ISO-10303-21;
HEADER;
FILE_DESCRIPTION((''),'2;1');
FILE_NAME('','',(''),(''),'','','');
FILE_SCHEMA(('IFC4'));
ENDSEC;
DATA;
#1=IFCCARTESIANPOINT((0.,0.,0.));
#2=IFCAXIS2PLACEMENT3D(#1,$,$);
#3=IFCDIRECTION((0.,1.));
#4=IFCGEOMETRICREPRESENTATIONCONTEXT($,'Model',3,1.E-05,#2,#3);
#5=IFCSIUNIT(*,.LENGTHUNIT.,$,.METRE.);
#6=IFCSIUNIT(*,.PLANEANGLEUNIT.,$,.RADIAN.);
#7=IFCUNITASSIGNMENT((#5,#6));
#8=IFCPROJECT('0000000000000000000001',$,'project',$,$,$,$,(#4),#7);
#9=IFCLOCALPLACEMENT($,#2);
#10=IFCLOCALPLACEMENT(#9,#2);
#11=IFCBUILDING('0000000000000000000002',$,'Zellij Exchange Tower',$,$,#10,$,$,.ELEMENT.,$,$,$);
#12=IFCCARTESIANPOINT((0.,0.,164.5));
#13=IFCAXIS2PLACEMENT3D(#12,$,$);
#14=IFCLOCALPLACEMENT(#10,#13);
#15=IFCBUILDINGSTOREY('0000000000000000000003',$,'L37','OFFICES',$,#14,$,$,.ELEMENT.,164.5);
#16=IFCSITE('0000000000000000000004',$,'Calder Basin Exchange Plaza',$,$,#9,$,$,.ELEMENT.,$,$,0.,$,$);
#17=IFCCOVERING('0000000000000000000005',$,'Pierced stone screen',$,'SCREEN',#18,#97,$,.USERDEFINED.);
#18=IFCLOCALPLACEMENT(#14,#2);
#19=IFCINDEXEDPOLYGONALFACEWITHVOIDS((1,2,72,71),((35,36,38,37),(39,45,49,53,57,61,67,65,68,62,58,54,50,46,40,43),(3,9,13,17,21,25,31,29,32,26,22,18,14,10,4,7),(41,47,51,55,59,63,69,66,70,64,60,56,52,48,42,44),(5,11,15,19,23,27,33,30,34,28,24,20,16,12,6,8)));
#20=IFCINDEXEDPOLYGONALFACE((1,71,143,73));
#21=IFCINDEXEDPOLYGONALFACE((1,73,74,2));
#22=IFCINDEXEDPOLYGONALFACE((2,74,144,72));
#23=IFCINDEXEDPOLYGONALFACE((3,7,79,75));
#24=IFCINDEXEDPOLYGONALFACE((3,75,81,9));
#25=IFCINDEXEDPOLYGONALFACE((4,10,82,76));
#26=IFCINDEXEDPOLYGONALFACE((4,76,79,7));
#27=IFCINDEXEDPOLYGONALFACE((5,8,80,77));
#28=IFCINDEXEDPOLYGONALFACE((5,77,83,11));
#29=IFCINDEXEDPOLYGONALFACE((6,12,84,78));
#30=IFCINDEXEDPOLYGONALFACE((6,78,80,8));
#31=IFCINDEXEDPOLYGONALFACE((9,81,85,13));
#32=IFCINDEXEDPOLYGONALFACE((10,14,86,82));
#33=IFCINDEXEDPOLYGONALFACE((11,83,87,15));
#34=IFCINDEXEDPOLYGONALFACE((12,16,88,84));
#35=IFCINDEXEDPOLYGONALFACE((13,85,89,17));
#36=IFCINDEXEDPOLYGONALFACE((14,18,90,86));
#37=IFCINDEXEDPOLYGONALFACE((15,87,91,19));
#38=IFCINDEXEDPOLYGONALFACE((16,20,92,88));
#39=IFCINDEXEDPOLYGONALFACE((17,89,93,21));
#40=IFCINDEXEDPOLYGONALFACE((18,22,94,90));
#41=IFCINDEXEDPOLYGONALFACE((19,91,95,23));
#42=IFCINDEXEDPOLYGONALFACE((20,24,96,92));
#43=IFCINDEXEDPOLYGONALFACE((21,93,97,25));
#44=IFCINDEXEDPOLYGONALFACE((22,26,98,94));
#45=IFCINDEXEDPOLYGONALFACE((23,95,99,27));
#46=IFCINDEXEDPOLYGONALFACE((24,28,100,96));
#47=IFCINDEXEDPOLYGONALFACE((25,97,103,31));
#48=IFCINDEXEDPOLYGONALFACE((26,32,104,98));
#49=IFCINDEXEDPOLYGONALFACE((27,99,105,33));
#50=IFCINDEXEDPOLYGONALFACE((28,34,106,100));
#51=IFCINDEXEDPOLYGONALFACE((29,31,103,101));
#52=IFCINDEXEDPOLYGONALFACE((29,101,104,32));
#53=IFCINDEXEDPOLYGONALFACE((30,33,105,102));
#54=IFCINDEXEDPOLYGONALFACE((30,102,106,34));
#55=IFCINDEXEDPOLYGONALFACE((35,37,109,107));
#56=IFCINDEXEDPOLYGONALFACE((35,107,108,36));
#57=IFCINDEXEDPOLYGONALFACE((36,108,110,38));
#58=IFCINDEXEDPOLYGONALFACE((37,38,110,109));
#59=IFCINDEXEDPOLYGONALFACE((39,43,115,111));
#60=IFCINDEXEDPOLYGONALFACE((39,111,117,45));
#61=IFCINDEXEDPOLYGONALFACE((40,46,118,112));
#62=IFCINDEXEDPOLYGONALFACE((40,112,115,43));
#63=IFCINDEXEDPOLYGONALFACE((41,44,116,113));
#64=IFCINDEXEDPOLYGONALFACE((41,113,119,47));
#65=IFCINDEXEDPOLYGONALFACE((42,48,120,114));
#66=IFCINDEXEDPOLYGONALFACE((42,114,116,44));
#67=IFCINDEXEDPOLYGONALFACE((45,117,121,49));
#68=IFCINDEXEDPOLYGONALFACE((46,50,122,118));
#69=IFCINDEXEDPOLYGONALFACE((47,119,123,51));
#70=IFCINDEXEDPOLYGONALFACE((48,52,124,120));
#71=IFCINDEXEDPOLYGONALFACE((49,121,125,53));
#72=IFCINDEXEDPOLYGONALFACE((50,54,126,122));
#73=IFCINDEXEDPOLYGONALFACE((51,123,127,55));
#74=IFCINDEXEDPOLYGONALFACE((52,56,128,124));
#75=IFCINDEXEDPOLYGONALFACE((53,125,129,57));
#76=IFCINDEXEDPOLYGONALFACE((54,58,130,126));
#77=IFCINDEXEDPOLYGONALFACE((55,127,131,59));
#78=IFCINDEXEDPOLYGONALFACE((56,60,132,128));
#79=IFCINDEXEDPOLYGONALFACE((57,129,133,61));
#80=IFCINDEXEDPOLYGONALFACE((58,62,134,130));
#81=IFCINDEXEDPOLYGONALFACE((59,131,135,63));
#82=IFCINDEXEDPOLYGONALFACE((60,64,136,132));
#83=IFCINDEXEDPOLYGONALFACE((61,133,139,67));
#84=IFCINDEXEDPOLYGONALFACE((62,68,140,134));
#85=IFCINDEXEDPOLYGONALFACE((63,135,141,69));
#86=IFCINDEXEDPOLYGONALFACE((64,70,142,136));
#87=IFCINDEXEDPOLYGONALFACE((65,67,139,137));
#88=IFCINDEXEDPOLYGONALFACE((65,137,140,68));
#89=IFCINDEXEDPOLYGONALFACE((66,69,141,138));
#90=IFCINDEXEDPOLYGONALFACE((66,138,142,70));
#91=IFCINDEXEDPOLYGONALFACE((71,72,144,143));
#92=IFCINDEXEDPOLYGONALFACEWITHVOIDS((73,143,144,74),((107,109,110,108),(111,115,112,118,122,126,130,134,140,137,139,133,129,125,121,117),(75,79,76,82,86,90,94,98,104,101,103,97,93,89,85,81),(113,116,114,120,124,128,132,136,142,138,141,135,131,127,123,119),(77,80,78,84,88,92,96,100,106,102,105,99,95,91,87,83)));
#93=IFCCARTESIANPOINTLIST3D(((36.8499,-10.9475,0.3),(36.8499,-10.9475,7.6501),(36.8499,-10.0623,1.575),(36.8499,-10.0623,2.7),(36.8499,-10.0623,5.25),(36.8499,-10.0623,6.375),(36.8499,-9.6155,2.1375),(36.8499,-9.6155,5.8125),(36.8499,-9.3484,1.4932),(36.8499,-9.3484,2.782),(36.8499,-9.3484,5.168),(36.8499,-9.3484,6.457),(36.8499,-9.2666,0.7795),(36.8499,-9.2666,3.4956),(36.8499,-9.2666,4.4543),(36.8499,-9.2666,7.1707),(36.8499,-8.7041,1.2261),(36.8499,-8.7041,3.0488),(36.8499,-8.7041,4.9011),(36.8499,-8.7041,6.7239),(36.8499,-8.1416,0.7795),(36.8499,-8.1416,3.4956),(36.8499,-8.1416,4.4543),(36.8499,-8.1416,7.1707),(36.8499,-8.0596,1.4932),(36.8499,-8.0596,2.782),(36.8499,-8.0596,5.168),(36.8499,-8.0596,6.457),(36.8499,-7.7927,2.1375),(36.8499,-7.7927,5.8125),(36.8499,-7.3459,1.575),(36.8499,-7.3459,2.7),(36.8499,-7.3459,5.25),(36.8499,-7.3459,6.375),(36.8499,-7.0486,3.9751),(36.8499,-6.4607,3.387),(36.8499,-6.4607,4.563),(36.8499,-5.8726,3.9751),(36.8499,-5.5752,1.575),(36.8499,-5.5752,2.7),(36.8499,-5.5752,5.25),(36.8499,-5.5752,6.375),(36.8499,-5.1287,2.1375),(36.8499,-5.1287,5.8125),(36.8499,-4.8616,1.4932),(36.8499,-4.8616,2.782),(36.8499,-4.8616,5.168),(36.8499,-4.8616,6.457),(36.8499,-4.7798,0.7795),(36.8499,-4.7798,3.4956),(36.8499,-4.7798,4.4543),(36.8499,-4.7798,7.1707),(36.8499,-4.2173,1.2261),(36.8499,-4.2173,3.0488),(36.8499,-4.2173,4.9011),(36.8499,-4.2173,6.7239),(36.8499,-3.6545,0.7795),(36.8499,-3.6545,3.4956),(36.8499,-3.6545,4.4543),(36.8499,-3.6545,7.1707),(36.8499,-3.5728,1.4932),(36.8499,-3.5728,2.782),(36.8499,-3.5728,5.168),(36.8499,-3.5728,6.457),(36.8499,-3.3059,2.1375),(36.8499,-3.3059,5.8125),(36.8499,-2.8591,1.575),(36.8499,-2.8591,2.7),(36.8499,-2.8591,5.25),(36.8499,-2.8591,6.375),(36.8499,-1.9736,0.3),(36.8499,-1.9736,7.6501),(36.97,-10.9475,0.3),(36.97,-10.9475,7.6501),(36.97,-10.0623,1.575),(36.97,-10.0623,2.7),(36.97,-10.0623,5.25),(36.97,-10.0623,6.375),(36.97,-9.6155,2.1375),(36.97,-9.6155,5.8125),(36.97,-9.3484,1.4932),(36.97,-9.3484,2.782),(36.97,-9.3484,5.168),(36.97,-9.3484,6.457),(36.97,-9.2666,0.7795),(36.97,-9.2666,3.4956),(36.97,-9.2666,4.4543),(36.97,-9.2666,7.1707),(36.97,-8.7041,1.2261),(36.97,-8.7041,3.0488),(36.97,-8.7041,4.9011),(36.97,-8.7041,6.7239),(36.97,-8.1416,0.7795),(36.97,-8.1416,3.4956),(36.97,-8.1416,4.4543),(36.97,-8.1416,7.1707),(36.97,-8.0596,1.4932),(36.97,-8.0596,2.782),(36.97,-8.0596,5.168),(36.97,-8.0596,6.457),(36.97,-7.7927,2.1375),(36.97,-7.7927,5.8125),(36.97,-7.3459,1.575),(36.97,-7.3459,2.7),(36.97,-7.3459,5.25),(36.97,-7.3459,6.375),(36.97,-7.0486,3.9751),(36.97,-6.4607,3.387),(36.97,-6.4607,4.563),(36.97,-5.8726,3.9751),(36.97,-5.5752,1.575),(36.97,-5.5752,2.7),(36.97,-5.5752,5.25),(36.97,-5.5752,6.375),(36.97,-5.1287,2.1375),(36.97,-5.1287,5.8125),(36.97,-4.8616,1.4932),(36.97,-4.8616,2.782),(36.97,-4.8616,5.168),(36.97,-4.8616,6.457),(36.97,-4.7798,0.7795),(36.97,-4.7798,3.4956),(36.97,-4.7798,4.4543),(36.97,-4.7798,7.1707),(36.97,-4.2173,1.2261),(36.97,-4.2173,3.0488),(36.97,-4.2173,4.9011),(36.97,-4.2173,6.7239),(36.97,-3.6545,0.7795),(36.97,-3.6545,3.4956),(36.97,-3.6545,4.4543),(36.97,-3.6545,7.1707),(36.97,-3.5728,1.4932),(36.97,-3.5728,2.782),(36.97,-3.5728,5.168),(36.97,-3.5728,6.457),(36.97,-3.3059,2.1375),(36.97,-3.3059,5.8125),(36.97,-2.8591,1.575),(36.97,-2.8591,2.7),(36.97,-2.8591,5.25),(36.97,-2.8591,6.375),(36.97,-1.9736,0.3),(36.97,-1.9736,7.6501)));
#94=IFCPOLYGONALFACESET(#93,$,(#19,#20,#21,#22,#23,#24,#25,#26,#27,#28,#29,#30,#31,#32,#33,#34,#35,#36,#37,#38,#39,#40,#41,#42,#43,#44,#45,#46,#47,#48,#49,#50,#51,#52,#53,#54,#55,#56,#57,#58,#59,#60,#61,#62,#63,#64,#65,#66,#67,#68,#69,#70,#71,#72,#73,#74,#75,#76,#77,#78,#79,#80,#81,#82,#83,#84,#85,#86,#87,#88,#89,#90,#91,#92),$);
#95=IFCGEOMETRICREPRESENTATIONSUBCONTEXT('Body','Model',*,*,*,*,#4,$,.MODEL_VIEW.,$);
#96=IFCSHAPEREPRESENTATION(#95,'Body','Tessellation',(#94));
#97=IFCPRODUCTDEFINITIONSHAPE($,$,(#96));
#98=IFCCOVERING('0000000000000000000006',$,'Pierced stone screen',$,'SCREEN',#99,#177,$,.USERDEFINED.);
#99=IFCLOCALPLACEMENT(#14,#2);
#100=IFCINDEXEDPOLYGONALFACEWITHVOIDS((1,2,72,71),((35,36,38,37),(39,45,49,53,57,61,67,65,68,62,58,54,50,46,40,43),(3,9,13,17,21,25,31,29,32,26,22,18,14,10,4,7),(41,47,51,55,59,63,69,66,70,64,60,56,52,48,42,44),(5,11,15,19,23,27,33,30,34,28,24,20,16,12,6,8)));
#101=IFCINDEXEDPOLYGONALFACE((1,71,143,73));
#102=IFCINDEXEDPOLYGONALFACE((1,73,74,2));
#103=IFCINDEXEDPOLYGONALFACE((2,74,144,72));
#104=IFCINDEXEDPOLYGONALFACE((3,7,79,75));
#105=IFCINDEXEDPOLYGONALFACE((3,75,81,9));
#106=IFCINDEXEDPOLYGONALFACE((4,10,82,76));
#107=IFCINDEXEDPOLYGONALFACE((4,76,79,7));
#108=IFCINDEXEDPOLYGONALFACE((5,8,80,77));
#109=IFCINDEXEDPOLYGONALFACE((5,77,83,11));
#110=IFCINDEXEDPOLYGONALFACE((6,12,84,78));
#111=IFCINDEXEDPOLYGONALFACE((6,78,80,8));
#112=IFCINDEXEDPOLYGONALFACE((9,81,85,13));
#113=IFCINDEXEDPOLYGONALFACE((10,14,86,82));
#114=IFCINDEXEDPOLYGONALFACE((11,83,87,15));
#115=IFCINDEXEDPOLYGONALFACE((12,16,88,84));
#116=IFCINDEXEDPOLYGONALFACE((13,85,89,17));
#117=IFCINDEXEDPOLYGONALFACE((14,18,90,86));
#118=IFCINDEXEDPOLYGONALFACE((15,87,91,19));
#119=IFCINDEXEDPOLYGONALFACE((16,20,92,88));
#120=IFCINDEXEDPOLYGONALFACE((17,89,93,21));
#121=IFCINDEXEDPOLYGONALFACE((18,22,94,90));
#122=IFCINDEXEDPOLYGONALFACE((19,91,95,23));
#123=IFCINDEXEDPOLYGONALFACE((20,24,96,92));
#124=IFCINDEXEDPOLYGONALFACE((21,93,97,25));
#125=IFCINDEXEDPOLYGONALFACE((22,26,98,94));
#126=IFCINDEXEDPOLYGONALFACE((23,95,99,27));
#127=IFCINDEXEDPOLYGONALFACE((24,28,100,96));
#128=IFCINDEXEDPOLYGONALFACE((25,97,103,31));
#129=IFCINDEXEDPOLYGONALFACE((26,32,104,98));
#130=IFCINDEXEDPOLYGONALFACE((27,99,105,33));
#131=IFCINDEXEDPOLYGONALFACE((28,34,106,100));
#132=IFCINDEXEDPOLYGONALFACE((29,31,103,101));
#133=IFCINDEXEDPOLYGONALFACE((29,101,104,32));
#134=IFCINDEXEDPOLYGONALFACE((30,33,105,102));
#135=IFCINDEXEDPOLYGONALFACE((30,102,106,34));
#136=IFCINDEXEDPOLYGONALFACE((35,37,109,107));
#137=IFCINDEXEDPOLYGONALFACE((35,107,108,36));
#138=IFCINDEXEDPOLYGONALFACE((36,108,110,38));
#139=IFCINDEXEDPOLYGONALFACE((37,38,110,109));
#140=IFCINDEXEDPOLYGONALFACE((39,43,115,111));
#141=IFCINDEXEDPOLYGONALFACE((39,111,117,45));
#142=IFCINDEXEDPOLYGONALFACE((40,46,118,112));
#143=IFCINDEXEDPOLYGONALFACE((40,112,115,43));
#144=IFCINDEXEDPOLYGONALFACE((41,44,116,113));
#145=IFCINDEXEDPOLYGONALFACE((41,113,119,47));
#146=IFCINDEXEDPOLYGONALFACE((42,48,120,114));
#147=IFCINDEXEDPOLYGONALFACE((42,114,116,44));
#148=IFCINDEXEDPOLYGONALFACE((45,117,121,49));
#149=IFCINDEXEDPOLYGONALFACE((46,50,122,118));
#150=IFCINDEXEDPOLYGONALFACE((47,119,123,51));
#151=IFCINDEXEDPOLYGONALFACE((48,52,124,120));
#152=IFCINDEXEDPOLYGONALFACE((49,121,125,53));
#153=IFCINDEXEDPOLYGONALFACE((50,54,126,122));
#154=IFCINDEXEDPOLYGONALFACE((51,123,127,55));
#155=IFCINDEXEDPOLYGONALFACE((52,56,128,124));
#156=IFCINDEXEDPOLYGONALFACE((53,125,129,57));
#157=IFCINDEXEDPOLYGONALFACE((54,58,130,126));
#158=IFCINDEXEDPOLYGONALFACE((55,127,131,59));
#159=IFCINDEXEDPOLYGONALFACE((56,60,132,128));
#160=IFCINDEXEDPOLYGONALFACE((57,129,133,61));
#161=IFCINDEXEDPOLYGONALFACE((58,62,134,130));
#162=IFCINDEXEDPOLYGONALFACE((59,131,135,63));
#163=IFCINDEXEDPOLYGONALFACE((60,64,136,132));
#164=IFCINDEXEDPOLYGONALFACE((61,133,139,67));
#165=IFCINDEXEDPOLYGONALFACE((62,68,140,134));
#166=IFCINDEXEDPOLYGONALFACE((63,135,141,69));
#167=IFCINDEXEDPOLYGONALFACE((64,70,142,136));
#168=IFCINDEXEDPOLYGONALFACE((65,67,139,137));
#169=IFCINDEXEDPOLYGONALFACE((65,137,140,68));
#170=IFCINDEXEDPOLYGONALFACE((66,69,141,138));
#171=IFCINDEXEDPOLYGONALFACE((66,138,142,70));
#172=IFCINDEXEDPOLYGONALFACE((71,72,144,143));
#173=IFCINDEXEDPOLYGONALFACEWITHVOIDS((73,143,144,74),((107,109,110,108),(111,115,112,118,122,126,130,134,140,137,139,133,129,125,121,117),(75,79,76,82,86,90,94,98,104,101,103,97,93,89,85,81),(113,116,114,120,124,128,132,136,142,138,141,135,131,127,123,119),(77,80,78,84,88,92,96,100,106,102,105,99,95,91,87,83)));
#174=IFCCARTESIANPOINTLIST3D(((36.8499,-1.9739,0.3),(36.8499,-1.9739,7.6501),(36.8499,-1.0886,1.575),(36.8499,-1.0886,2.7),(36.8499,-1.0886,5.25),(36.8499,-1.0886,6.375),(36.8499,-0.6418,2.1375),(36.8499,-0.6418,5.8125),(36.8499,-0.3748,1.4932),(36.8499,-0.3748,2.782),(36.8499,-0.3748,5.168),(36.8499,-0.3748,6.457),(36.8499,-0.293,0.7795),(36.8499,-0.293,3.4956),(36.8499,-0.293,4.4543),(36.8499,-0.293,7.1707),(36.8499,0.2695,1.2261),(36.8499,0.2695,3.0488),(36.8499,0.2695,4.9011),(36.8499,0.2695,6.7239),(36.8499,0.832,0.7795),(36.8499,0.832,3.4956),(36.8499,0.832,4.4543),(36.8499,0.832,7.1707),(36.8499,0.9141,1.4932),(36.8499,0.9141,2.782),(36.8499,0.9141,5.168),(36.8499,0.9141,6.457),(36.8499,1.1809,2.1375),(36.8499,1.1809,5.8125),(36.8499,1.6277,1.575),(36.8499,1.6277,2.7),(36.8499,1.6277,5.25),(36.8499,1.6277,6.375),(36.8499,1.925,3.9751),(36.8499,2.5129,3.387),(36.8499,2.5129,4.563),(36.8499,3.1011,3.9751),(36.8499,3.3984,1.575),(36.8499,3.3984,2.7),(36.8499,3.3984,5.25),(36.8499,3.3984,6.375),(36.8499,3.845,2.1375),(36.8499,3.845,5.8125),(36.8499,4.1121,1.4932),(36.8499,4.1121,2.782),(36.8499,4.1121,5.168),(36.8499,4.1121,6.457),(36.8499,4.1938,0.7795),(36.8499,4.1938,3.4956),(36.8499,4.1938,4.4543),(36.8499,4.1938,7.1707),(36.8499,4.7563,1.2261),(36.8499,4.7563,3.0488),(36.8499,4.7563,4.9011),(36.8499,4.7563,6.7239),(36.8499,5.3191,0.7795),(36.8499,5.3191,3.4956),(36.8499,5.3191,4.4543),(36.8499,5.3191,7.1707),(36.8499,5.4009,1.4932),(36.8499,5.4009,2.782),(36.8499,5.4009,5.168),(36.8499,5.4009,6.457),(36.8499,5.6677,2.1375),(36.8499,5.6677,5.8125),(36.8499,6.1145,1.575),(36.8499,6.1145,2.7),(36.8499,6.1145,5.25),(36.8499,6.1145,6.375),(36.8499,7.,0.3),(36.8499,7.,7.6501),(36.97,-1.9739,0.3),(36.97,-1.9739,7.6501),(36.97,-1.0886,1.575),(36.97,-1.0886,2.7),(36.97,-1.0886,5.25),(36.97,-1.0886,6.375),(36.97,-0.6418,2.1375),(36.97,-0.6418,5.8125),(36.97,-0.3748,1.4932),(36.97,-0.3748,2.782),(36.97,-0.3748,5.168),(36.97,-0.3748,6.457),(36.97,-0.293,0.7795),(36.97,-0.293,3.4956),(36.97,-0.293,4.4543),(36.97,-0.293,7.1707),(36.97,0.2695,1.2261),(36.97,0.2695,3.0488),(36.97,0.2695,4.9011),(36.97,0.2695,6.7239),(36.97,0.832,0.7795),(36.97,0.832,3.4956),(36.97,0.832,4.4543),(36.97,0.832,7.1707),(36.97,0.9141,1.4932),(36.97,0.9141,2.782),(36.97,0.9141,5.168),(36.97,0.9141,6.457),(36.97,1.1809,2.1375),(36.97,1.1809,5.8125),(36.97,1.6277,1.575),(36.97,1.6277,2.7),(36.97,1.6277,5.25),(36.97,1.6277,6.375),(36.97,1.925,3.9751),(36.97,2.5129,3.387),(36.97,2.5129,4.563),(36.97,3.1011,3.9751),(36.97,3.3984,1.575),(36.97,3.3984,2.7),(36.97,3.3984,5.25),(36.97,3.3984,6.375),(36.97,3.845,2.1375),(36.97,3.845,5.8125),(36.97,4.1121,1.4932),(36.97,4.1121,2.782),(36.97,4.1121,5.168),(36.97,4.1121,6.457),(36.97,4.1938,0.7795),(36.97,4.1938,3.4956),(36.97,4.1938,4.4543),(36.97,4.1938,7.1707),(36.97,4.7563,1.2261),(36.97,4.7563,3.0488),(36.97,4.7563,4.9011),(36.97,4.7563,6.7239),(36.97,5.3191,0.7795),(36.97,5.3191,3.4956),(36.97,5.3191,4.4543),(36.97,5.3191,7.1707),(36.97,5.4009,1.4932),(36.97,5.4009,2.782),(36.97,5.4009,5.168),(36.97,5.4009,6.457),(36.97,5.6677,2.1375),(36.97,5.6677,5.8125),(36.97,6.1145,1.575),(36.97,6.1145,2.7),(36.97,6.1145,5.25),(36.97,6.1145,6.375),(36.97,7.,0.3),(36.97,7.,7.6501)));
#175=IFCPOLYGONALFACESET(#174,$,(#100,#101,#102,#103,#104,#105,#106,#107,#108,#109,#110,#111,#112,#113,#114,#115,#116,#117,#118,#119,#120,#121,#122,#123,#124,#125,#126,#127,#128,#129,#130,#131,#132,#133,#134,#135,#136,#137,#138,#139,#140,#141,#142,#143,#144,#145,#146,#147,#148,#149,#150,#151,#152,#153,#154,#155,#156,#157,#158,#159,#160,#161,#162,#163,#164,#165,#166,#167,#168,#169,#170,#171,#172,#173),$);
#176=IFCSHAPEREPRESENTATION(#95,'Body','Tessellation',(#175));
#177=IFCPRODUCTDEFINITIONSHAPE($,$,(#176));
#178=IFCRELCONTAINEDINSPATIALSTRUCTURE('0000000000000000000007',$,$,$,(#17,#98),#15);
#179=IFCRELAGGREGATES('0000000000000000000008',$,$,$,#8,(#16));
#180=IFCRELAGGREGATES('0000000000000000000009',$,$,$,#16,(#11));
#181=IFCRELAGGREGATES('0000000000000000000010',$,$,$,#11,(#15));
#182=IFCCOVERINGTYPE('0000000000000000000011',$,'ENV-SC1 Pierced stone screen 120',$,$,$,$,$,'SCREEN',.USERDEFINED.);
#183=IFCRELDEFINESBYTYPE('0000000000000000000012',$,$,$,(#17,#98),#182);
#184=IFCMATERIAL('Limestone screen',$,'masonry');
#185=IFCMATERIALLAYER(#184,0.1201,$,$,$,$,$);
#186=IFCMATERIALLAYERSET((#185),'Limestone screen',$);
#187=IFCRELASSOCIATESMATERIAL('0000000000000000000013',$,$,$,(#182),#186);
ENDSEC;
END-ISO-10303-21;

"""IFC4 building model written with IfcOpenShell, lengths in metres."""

from ifc_helpers import new_model, si_unit, direction, frame, origin, place, context, subcontext, project, spatial, polyline, outline, extrude, material, layer, layer_set, type_object, element, save


model = new_model("IFC4")

# Units and contexts
model_context = context("Model", 3, precision=1e-05, world=origin(), true_north=direction((0.0, 1.0)))
body_context = subcontext(model_context, "Body", "Model", "MODEL_VIEW")
ifc_project = project(units=[si_unit("LENGTHUNIT", "METRE"), si_unit("PLANEANGLEUNIT", "RADIAN")], contexts=[model_context])

# Site, building, storey
site_placement = place(None, origin())
site = spatial("IfcSite", under=ifc_project, at=site_placement, Name="Calder Basin Exchange Plaza", CompositionType="ELEMENT", RefElevation=0.0)
building_placement = place(site_placement, origin())
building = spatial("IfcBuilding", under=site, at=building_placement, Name="Zellij Exchange Tower", CompositionType="ELEMENT")
storey_placement = place(building_placement, frame((0.0, 0.0, 164.5)))
storey = spatial("IfcBuildingStorey", under=building, at=storey_placement, Name="L37", Description="OFFICES", CompositionType="ELEMENT", Elevation=164.5)

# Coverings
ifc_material_1 = material(Name="Limestone screen", Category="masonry")
ifc_layer_1 = layer(ifc_material_1, 0.1201)
ifc_layer_set_1 = layer_set([ifc_layer_1], Name="Limestone screen")
covering_type = type_object("IfcCoveringType", Name="ENV-SC1 Pierced stone screen 120", ElementType="SCREEN", PredefinedType="USERDEFINED", material=ifc_layer_set_1)
covering_1_placement = place(storey_placement, frame((36.9099, -10.9475, 0.3), z_axis=(0.0, 0.0, 1.0), x_axis=(0.0, 1.0, 0.0)))
element("IfcCovering", 1, at=covering_1_placement, inside=storey, type_object=covering_type, Name="Pierced stone screen", ObjectType="SCREEN", PredefinedType="USERDEFINED", context=body_context, shape_type="SweptSolid", body=[
    extrude(outline(polyline([(0.0, 0.0), (8.9739, 0.0), (8.9739, 7.3501), (0.0, 7.3501), (0.0, 0.0)]), holes=[polyline([(3.6016, 2.3999), (2.8879, 2.4819), (2.8059, 3.1956), (2.2434, 2.7488), (1.6809, 3.1956), (1.5991, 2.4819), (0.8853, 2.3999), (1.332, 1.8374), (0.8853, 1.2749), (1.5991, 1.1931), (1.6809, 0.4795), (2.2434, 0.926), (2.8059, 0.4795), (2.8879, 1.1931), (3.6016, 1.2749), (3.1548, 1.8374), (3.6016, 2.3999)]), polyline([(3.6016, 6.075), (2.8879, 6.157), (2.8059, 6.8706), (2.2434, 6.4238), (1.6809, 6.8706), (1.5991, 6.157), (0.8853, 6.075), (1.332, 5.5125), (0.8853, 4.95), (1.5991, 4.8679), (1.6809, 4.1543), (2.2434, 4.6011), (2.8059, 4.1543), (2.8879, 4.8679), (3.6016, 4.95), (3.1548, 5.5125), (3.6016, 6.075)]), polyline([(8.0884, 2.3999), (7.3748, 2.4819), (7.293, 3.1956), (6.7302, 2.7488), (6.1677, 3.1956), (6.0859, 2.4819), (5.3723, 2.3999), (5.8188, 1.8374), (5.3723, 1.2749), (6.0859, 1.1931), (6.1677, 0.4795), (6.7302, 0.926), (7.293, 0.4795), (7.3748, 1.1931), (8.0884, 1.2749), (7.6416, 1.8374), (8.0884, 2.3999)]), polyline([(8.0884, 6.075), (7.3748, 6.157), (7.293, 6.8706), (6.7302, 6.4238), (6.1677, 6.8706), (6.0859, 6.157), (5.3723, 6.075), (5.8188, 5.5125), (5.3723, 4.95), (6.0859, 4.8679), (6.1677, 4.1543), (6.7302, 4.6011), (7.293, 4.1543), (7.3748, 4.8679), (8.0884, 4.95), (7.6416, 5.5125), (8.0884, 6.075)]), polyline([(5.075, 3.675), (4.4868, 4.2629), (3.8989, 3.675), (4.4868, 3.0869), (5.075, 3.675)])]), frame((0.0, 0.0601, 0.0), z_axis=(0.0, -1.0, 0.0), x_axis=(1.0, 0.0, 0.0)), (0.0, 0.0, 1.0), 0.1201),
])
covering_2_placement = place(storey_placement, frame((36.9099, -1.9739, 0.3), z_axis=(0.0, 0.0, 1.0), x_axis=(0.0, 1.0, 0.0)))
element("IfcCovering", 2, at=covering_2_placement, inside=storey, type_object=covering_type, Name="Pierced stone screen", ObjectType="SCREEN", PredefinedType="USERDEFINED", context=body_context, shape_type="SweptSolid", body=[
    extrude(outline(polyline([(0.0, 0.0), (8.9739, 0.0), (8.9739, 7.3501), (0.0, 7.3501), (0.0, 0.0)]), holes=[polyline([(3.6016, 2.3999), (2.8879, 2.4819), (2.8059, 3.1956), (2.2434, 2.7488), (1.6809, 3.1956), (1.5991, 2.4819), (0.8853, 2.3999), (1.332, 1.8374), (0.8853, 1.2749), (1.5991, 1.1931), (1.6809, 0.4795), (2.2434, 0.926), (2.8059, 0.4795), (2.8879, 1.1931), (3.6016, 1.2749), (3.1548, 1.8374), (3.6016, 2.3999)]), polyline([(3.6016, 6.075), (2.8879, 6.157), (2.8059, 6.8706), (2.2434, 6.4238), (1.6809, 6.8706), (1.5991, 6.157), (0.8853, 6.075), (1.332, 5.5125), (0.8853, 4.95), (1.5991, 4.8679), (1.6809, 4.1543), (2.2434, 4.6011), (2.8059, 4.1543), (2.8879, 4.8679), (3.6016, 4.95), (3.1548, 5.5125), (3.6016, 6.075)]), polyline([(8.0884, 2.3999), (7.3748, 2.4819), (7.293, 3.1956), (6.7302, 2.7488), (6.1677, 3.1956), (6.0859, 2.4819), (5.3723, 2.3999), (5.8188, 1.8374), (5.3723, 1.2749), (6.0859, 1.1931), (6.1677, 0.4795), (6.7302, 0.926), (7.293, 0.4795), (7.3748, 1.1931), (8.0884, 1.2749), (7.6416, 1.8374), (8.0884, 2.3999)]), polyline([(8.0884, 6.075), (7.3748, 6.157), (7.293, 6.8706), (6.7302, 6.4238), (6.1677, 6.8706), (6.0859, 6.157), (5.3723, 6.075), (5.8188, 5.5125), (5.3723, 4.95), (6.0859, 4.8679), (6.1677, 4.1543), (6.7302, 4.6011), (7.293, 4.1543), (7.3748, 4.8679), (8.0884, 4.95), (7.6416, 5.5125), (8.0884, 6.075)]), polyline([(5.075, 3.675), (4.4868, 4.2629), (3.8989, 3.675), (4.4868, 3.0869), (5.075, 3.675)])]), frame((0.0, 0.0601, 0.0), z_axis=(0.0, -1.0, 0.0), x_axis=(1.0, 0.0, 0.0)), (0.0, 0.0, 1.0), 0.1201),
])

save(model, "model.ifc")
